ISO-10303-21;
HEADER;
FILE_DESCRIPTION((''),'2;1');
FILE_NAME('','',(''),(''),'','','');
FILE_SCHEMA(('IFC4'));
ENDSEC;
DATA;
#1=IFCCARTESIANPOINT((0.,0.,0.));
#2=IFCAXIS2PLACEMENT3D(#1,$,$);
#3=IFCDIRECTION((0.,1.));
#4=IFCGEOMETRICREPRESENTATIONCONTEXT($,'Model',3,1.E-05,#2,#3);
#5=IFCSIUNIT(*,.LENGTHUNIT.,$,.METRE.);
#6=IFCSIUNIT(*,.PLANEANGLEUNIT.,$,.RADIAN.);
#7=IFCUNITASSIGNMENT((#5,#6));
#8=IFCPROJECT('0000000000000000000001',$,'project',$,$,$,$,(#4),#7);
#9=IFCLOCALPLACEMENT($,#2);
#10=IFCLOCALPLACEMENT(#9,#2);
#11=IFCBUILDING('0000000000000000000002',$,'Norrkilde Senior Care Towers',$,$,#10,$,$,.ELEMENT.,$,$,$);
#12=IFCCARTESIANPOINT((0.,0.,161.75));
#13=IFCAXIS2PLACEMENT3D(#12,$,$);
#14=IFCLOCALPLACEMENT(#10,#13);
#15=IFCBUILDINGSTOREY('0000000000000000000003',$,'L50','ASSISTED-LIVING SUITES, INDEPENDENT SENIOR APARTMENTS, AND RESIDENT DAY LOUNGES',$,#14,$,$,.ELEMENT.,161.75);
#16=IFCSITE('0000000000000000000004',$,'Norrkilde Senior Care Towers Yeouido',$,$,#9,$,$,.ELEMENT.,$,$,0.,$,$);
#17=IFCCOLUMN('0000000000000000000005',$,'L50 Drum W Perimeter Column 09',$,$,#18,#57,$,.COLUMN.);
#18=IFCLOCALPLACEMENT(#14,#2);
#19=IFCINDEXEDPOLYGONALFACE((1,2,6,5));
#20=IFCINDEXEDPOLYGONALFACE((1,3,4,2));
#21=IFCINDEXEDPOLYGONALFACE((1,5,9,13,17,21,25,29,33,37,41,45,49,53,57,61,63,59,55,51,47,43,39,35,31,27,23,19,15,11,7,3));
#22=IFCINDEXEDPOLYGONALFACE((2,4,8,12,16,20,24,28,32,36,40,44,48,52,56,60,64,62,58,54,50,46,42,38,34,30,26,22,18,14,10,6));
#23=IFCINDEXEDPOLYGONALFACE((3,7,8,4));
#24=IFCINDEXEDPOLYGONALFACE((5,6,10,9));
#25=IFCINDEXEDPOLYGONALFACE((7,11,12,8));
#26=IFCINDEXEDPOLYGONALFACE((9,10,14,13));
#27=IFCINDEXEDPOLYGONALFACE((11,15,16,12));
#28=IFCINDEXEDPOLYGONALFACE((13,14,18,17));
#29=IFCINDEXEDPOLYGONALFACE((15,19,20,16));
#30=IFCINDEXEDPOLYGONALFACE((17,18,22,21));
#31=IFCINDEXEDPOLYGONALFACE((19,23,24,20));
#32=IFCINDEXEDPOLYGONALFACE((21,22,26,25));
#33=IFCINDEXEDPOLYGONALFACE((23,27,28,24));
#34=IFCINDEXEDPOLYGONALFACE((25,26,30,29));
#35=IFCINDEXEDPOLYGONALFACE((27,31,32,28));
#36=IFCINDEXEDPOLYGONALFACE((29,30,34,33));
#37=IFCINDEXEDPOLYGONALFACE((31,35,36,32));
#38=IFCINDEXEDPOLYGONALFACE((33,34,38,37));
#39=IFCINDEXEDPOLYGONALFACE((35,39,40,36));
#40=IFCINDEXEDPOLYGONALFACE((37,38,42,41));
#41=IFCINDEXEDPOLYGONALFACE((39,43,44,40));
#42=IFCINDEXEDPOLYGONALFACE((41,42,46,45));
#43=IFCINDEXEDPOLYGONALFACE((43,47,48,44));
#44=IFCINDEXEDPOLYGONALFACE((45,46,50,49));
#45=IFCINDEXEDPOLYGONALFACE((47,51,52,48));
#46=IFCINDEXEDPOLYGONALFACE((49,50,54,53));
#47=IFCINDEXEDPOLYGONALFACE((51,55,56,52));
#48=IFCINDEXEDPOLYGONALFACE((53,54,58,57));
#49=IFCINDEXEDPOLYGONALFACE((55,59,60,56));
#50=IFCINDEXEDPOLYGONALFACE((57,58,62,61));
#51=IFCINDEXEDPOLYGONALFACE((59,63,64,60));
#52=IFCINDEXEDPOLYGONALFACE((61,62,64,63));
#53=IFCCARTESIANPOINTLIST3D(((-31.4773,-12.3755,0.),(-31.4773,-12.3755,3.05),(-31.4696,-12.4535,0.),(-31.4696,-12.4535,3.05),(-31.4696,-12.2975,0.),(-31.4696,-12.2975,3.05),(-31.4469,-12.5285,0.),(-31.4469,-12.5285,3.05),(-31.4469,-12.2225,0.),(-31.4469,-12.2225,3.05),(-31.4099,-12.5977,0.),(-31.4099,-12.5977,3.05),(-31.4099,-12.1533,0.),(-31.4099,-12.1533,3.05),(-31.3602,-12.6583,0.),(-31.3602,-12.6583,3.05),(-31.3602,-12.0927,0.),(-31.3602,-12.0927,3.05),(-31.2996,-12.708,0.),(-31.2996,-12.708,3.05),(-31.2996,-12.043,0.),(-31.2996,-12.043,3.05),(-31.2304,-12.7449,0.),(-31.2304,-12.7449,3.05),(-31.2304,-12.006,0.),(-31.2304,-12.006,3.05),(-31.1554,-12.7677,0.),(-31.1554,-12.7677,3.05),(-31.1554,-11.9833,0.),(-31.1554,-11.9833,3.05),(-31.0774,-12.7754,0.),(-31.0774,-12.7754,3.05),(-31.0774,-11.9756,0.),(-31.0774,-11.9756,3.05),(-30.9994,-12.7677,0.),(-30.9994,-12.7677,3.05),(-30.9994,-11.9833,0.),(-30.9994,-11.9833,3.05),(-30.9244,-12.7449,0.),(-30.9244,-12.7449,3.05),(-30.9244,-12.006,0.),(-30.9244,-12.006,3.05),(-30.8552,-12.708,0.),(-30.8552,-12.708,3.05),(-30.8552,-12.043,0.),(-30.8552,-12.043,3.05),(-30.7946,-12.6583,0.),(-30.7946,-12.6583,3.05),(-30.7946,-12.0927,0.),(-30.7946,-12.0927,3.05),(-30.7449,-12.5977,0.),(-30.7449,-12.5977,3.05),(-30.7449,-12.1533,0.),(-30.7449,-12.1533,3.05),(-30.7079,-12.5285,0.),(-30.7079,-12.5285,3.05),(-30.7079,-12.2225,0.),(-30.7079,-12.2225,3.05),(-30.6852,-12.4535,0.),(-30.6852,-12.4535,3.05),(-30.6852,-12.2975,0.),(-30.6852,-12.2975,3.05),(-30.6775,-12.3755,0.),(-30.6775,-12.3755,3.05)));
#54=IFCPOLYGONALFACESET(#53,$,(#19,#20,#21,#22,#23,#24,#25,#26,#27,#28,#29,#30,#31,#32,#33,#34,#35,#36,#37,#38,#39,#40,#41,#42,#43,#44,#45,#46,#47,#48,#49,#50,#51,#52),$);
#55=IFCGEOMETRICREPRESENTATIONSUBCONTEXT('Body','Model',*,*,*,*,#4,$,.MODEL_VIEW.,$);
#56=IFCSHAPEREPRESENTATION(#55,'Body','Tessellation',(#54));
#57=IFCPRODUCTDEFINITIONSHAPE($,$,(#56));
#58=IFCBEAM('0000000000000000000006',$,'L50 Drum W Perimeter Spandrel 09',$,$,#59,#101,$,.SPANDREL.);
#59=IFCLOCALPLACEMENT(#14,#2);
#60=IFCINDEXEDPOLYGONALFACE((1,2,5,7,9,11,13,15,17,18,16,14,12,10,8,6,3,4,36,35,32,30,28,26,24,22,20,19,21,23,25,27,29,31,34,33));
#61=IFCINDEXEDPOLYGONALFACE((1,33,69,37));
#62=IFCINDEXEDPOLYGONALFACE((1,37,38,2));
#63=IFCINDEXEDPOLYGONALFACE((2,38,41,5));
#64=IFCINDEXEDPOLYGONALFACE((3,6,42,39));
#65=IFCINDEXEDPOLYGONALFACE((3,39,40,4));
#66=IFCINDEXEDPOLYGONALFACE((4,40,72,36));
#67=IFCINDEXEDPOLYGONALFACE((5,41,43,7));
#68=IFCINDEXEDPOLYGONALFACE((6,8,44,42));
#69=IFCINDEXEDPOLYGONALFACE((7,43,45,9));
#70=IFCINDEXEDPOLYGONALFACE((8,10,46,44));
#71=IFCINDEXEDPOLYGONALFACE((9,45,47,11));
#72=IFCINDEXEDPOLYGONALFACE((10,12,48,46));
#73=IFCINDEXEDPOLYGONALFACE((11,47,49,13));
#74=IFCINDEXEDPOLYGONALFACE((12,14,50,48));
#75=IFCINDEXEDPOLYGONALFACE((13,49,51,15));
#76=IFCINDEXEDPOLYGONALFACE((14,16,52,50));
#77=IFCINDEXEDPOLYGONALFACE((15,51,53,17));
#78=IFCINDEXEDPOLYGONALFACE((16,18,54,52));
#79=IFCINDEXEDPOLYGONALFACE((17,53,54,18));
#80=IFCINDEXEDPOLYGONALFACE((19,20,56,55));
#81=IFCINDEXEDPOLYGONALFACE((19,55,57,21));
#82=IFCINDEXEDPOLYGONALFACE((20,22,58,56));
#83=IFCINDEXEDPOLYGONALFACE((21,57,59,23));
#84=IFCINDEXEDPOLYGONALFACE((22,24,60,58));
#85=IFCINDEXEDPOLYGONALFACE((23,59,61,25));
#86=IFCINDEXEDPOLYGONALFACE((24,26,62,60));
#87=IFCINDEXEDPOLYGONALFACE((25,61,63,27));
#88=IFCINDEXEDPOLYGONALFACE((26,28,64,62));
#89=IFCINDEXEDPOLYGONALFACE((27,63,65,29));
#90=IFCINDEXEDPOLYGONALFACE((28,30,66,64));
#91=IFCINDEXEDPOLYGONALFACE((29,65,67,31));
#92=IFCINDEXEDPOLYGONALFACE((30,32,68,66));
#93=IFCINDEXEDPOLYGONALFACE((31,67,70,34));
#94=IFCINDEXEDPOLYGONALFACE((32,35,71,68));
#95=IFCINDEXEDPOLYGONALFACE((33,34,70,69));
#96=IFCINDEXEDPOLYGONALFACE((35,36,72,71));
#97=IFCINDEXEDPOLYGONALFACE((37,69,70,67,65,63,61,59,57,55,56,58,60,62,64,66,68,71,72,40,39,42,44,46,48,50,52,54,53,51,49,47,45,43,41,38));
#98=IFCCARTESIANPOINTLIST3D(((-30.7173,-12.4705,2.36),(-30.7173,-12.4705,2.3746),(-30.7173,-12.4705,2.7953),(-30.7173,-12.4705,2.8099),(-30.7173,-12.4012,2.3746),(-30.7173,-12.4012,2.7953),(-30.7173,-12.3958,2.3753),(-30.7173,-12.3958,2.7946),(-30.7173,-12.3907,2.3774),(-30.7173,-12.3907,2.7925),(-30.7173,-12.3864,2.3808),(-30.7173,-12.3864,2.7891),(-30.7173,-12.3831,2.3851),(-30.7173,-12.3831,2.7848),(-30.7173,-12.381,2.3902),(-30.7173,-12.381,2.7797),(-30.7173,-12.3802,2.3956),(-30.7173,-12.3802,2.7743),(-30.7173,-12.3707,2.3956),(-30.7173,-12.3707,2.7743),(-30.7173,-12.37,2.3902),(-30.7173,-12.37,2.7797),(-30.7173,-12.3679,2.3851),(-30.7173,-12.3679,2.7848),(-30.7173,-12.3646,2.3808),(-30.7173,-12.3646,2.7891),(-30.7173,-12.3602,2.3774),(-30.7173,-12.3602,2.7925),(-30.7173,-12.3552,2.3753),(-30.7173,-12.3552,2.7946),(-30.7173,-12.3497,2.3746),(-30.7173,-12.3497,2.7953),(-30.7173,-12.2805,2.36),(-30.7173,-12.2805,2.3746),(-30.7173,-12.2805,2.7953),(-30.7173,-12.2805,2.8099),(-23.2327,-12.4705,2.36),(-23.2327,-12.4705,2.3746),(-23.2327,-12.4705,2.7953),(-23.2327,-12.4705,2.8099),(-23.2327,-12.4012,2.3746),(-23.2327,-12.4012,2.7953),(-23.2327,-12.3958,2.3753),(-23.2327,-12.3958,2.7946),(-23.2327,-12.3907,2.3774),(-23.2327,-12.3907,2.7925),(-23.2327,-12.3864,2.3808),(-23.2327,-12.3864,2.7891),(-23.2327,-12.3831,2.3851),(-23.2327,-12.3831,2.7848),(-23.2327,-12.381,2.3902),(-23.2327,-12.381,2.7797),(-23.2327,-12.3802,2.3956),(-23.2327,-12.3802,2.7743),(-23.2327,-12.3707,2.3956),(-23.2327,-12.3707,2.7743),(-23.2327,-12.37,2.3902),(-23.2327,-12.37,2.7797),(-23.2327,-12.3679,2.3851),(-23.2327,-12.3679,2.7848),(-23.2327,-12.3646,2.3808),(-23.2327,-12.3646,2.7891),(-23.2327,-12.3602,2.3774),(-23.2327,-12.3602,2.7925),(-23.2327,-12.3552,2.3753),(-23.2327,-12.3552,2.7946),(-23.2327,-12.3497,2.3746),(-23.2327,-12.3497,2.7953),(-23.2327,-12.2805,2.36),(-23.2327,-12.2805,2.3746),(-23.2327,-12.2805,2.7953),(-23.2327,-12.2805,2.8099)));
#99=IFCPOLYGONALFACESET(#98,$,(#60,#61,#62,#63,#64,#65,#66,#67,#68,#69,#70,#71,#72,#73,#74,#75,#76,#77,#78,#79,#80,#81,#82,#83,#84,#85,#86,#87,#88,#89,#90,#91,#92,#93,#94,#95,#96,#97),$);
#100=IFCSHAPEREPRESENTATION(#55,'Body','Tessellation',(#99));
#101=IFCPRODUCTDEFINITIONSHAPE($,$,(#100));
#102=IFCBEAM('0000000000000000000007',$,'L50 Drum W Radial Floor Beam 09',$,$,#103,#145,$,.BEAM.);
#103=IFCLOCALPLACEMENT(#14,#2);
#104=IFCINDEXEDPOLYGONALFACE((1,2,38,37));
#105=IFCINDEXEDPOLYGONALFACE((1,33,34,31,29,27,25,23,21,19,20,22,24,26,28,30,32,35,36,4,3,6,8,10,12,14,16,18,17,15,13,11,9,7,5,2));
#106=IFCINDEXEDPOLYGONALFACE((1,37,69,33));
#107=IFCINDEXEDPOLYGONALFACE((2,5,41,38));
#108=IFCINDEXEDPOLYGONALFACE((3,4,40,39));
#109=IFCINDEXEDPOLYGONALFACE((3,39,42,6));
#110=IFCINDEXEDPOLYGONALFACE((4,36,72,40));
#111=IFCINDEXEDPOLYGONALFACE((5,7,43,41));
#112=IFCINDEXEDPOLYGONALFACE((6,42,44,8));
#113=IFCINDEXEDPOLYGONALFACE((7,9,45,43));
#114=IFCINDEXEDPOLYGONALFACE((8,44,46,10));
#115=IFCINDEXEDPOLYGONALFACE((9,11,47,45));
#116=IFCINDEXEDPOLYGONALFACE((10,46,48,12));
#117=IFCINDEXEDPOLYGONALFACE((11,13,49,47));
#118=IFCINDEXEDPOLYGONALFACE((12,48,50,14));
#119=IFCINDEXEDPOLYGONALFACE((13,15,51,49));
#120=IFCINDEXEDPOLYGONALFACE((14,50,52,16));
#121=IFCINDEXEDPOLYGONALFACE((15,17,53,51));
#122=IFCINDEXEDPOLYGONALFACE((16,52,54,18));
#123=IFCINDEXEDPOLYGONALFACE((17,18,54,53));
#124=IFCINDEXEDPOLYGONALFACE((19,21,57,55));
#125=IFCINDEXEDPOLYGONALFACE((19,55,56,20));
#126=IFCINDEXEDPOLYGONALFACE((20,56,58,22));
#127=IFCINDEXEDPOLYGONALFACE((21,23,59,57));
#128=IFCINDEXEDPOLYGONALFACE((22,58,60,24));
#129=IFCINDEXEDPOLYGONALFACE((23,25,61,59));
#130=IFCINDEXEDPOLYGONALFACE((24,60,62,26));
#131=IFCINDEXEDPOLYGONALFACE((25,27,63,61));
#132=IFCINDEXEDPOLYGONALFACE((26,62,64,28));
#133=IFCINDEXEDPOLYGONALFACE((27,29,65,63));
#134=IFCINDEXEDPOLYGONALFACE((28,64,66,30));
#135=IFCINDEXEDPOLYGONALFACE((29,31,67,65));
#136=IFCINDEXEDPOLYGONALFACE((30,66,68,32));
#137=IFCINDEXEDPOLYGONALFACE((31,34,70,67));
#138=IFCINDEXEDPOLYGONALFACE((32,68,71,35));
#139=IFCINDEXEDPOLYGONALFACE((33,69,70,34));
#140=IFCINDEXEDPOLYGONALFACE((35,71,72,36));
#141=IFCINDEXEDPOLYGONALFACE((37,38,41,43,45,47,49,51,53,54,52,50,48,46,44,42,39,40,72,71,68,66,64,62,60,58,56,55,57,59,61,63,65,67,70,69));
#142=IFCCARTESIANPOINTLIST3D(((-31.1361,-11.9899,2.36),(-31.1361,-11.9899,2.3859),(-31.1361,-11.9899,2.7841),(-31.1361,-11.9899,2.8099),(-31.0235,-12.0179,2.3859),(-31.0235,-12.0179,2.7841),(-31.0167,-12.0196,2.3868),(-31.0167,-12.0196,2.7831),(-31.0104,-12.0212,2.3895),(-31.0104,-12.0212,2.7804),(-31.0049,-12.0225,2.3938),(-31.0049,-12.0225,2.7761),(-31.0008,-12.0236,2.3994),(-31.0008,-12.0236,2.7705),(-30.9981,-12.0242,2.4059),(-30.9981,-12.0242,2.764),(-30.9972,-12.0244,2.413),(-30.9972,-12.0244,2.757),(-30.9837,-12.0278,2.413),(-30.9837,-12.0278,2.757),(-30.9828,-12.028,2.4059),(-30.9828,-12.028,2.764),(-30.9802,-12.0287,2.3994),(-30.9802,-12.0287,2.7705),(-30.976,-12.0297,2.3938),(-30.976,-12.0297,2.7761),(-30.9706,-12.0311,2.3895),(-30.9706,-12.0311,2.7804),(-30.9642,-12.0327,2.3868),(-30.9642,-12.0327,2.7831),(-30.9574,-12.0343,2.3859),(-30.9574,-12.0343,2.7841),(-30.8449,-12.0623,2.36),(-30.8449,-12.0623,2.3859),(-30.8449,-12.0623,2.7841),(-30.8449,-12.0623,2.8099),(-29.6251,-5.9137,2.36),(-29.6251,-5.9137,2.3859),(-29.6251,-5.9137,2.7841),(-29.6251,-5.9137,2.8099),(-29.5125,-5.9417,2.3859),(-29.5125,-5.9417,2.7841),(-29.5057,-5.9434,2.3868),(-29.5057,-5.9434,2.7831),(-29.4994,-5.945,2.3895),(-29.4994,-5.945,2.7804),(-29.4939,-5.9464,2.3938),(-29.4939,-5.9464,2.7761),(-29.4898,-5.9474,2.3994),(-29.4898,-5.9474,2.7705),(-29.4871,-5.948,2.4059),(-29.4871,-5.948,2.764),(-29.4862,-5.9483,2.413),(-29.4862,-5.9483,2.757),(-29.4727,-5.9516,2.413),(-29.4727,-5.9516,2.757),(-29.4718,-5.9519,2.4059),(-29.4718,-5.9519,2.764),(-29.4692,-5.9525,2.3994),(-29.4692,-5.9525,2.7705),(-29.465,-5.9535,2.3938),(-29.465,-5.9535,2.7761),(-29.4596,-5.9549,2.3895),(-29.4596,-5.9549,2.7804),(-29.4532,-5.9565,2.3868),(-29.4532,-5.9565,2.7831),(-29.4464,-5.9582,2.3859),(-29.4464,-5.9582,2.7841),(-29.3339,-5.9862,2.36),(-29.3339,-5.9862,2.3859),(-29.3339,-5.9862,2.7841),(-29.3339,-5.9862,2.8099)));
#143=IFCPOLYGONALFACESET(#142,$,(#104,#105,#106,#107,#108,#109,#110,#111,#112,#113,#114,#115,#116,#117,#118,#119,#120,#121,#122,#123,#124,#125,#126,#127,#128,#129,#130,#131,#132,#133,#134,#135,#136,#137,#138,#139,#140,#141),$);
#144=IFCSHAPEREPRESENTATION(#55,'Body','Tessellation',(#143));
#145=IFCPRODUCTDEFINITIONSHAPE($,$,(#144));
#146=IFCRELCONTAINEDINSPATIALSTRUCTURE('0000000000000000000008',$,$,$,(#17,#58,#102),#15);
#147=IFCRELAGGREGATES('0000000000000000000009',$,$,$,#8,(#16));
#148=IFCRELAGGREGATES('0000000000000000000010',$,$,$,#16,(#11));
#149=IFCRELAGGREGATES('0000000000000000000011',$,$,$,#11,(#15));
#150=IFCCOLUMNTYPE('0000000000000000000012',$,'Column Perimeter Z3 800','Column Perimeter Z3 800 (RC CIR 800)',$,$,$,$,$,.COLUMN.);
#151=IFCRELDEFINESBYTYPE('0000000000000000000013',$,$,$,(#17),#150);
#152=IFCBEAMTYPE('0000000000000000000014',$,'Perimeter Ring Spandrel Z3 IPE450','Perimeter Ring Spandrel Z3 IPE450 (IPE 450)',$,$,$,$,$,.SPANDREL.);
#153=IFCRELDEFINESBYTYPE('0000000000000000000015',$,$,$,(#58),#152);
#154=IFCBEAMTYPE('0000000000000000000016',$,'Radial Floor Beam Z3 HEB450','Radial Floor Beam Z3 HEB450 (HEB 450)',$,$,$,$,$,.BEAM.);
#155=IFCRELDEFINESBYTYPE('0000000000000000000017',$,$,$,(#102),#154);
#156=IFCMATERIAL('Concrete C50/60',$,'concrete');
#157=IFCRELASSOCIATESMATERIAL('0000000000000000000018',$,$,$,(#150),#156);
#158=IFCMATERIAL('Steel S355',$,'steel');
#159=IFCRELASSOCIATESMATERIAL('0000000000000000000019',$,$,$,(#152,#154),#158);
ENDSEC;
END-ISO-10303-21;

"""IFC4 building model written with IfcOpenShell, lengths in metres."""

from ifc_helpers import new_model, si_unit, direction, frame, origin, origin_2d, place, context, subcontext, project, spatial, circle, i_section, extrude, source, transform, mapped, material, material_profile, profile_set, type_object, type_shapes, element, save


model = new_model("IFC4")

# Units and contexts
model_context = context("Model", 3, precision=1e-05, world=origin(), true_north=direction((0.0, 1.0)))
body_context = subcontext(model_context, "Body", "Model", "MODEL_VIEW")
ifc_project = project(units=[si_unit("LENGTHUNIT", "METRE"), si_unit("PLANEANGLEUNIT", "RADIAN")], contexts=[model_context])

# Site, building, storey
site_placement = place(None, origin())
site = spatial("IfcSite", under=ifc_project, at=site_placement, Name="Norrkilde Senior Care Towers Yeouido", CompositionType="ELEMENT", RefElevation=0.0)
building_placement = place(site_placement, origin())
building = spatial("IfcBuilding", under=site, at=building_placement, Name="Norrkilde Senior Care Towers", CompositionType="ELEMENT")
storey_placement = place(building_placement, frame((0.0, 0.0, 161.75)))
storey = spatial("IfcBuildingStorey", under=building, at=storey_placement, Name="L50", Description="ASSISTED-LIVING SUITES, INDEPENDENT SENIOR APARTMENTS, AND RESIDENT DAY LOUNGES", CompositionType="ELEMENT", Elevation=161.75)

# Column
ifc_material_1 = material(Name="Concrete C50/60", Category="concrete")
ifc_material_profile_1 = material_profile(ifc_material_1, circle(Radius=0.3999, at=origin_2d()), Name="RC CIR 800")
ifc_profile_set_1 = profile_set([ifc_material_profile_1], Name="Concrete C50/60")
column_type = type_object("IfcColumnType", Name="Column Perimeter Z3 800", Description="Column Perimeter Z3 800 (RC CIR 800)", PredefinedType="COLUMN", material=ifc_profile_set_1)
shared_shape_1 = source(origin(), body_context, "Body", "SweptSolid", [
    extrude(circle(Radius=0.3999, at=origin_2d()), origin(), (0.0, 0.0, 1.0), 3.05),
])
type_shapes(column_type, [shared_shape_1])
column_placement = place(storey_placement, frame((-31.0774, -12.3755, 0.0), z_axis=(0.0, 0.0, 1.0), x_axis=(1.0, 0.0, 0.0)))
element("IfcColumn", 1, at=column_placement, inside=storey, type_object=column_type, Name="L50 Drum W Perimeter Column 09", PredefinedType="COLUMN", context=body_context, shape_type="MappedRepresentation", body=[
    mapped(shared_shape_1, transform((0.0, 0.0, 0.0), x_axis=(1.0, 0.0, 0.0), y_axis=(0.0, 1.0, 0.0), z_axis=(0.0, 0.0, 1.0), scale=1.0)),
])

# Beams
ifc_material_2 = material(Name="Steel S355", Category="steel")
ifc_material_profile_2 = material_profile(ifc_material_2, i_section(OverallWidth=0.1899, OverallDepth=0.45, WebThickness=0.0095, FlangeThickness=0.0146, FilletRadius=0.021, at=origin_2d()), Name="IPE 450")
ifc_profile_set_2 = profile_set([ifc_material_profile_2], Name="Steel S355")
beam_type_1 = type_object("IfcBeamType", Name="Perimeter Ring Spandrel Z3 IPE450", Description="Perimeter Ring Spandrel Z3 IPE450 (IPE 450)", PredefinedType="SPANDREL", material=ifc_profile_set_2)
shared_shape_2 = source(origin(), body_context, "Body", "SweptSolid", [
    extrude(i_section(OverallWidth=0.1899, OverallDepth=0.45, WebThickness=0.0095, FlangeThickness=0.0146, FilletRadius=0.021, at=origin_2d()), origin(), (0.0, 0.0, 1.0), 7.4846),
])
type_shapes(beam_type_1, [shared_shape_2])
beam_1_placement = place(storey_placement, frame((-30.7173, -12.3755, 2.585), z_axis=(1.0, 0.0, 0.0), x_axis=(0.0, 1.0, 0.0)))
element("IfcBeam", 2, at=beam_1_placement, inside=storey, type_object=beam_type_1, Name="L50 Drum W Perimeter Spandrel 09", PredefinedType="SPANDREL", context=body_context, shape_type="MappedRepresentation", body=[
    mapped(shared_shape_2, transform((0.0, 0.0, 0.0), x_axis=(1.0, 0.0, 0.0), y_axis=(0.0, 1.0, 0.0), z_axis=(0.0, 0.0, 1.0), scale=1.0)),
])
ifc_material_profile_3 = material_profile(ifc_material_2, i_section(OverallWidth=0.3, OverallDepth=0.45, WebThickness=0.0139, FlangeThickness=0.0259, FilletRadius=0.0271, at=origin_2d()), Name="HEB 450")
ifc_profile_set_3 = profile_set([ifc_material_profile_3], Name="Steel S355")
beam_type_2 = type_object("IfcBeamType", Name="Radial Floor Beam Z3 HEB450", Description="Radial Floor Beam Z3 HEB450 (HEB 450)", PredefinedType="BEAM", material=ifc_profile_set_3)
shared_shape_3 = source(origin(), body_context, "Body", "SweptSolid", [
    extrude(i_section(OverallWidth=0.3, OverallDepth=0.45, WebThickness=0.0139, FlangeThickness=0.0259, FilletRadius=0.0271, at=origin_2d()), origin(), (0.0, 0.0, 1.0), 6.2612),
])
beam_2_placement = place(storey_placement, frame((-29.4795, -5.95, 2.585), z_axis=(-0.241324, -0.970445, 0.0), x_axis=(0.970445, -0.241324, 0.0)))
element("IfcBeam", 3, at=beam_2_placement, inside=storey, type_object=beam_type_2, Name="L50 Drum W Radial Floor Beam 09", PredefinedType="BEAM", context=body_context, shape_type="MappedRepresentation", body=[
    mapped(shared_shape_3, transform((0.0, 0.0, 0.0), x_axis=(1.0, 0.0, 0.0), y_axis=(0.0, 1.0, 0.0), z_axis=(0.0, 0.0, 1.0), scale=1.0)),
])

save(model, "model.ifc")
